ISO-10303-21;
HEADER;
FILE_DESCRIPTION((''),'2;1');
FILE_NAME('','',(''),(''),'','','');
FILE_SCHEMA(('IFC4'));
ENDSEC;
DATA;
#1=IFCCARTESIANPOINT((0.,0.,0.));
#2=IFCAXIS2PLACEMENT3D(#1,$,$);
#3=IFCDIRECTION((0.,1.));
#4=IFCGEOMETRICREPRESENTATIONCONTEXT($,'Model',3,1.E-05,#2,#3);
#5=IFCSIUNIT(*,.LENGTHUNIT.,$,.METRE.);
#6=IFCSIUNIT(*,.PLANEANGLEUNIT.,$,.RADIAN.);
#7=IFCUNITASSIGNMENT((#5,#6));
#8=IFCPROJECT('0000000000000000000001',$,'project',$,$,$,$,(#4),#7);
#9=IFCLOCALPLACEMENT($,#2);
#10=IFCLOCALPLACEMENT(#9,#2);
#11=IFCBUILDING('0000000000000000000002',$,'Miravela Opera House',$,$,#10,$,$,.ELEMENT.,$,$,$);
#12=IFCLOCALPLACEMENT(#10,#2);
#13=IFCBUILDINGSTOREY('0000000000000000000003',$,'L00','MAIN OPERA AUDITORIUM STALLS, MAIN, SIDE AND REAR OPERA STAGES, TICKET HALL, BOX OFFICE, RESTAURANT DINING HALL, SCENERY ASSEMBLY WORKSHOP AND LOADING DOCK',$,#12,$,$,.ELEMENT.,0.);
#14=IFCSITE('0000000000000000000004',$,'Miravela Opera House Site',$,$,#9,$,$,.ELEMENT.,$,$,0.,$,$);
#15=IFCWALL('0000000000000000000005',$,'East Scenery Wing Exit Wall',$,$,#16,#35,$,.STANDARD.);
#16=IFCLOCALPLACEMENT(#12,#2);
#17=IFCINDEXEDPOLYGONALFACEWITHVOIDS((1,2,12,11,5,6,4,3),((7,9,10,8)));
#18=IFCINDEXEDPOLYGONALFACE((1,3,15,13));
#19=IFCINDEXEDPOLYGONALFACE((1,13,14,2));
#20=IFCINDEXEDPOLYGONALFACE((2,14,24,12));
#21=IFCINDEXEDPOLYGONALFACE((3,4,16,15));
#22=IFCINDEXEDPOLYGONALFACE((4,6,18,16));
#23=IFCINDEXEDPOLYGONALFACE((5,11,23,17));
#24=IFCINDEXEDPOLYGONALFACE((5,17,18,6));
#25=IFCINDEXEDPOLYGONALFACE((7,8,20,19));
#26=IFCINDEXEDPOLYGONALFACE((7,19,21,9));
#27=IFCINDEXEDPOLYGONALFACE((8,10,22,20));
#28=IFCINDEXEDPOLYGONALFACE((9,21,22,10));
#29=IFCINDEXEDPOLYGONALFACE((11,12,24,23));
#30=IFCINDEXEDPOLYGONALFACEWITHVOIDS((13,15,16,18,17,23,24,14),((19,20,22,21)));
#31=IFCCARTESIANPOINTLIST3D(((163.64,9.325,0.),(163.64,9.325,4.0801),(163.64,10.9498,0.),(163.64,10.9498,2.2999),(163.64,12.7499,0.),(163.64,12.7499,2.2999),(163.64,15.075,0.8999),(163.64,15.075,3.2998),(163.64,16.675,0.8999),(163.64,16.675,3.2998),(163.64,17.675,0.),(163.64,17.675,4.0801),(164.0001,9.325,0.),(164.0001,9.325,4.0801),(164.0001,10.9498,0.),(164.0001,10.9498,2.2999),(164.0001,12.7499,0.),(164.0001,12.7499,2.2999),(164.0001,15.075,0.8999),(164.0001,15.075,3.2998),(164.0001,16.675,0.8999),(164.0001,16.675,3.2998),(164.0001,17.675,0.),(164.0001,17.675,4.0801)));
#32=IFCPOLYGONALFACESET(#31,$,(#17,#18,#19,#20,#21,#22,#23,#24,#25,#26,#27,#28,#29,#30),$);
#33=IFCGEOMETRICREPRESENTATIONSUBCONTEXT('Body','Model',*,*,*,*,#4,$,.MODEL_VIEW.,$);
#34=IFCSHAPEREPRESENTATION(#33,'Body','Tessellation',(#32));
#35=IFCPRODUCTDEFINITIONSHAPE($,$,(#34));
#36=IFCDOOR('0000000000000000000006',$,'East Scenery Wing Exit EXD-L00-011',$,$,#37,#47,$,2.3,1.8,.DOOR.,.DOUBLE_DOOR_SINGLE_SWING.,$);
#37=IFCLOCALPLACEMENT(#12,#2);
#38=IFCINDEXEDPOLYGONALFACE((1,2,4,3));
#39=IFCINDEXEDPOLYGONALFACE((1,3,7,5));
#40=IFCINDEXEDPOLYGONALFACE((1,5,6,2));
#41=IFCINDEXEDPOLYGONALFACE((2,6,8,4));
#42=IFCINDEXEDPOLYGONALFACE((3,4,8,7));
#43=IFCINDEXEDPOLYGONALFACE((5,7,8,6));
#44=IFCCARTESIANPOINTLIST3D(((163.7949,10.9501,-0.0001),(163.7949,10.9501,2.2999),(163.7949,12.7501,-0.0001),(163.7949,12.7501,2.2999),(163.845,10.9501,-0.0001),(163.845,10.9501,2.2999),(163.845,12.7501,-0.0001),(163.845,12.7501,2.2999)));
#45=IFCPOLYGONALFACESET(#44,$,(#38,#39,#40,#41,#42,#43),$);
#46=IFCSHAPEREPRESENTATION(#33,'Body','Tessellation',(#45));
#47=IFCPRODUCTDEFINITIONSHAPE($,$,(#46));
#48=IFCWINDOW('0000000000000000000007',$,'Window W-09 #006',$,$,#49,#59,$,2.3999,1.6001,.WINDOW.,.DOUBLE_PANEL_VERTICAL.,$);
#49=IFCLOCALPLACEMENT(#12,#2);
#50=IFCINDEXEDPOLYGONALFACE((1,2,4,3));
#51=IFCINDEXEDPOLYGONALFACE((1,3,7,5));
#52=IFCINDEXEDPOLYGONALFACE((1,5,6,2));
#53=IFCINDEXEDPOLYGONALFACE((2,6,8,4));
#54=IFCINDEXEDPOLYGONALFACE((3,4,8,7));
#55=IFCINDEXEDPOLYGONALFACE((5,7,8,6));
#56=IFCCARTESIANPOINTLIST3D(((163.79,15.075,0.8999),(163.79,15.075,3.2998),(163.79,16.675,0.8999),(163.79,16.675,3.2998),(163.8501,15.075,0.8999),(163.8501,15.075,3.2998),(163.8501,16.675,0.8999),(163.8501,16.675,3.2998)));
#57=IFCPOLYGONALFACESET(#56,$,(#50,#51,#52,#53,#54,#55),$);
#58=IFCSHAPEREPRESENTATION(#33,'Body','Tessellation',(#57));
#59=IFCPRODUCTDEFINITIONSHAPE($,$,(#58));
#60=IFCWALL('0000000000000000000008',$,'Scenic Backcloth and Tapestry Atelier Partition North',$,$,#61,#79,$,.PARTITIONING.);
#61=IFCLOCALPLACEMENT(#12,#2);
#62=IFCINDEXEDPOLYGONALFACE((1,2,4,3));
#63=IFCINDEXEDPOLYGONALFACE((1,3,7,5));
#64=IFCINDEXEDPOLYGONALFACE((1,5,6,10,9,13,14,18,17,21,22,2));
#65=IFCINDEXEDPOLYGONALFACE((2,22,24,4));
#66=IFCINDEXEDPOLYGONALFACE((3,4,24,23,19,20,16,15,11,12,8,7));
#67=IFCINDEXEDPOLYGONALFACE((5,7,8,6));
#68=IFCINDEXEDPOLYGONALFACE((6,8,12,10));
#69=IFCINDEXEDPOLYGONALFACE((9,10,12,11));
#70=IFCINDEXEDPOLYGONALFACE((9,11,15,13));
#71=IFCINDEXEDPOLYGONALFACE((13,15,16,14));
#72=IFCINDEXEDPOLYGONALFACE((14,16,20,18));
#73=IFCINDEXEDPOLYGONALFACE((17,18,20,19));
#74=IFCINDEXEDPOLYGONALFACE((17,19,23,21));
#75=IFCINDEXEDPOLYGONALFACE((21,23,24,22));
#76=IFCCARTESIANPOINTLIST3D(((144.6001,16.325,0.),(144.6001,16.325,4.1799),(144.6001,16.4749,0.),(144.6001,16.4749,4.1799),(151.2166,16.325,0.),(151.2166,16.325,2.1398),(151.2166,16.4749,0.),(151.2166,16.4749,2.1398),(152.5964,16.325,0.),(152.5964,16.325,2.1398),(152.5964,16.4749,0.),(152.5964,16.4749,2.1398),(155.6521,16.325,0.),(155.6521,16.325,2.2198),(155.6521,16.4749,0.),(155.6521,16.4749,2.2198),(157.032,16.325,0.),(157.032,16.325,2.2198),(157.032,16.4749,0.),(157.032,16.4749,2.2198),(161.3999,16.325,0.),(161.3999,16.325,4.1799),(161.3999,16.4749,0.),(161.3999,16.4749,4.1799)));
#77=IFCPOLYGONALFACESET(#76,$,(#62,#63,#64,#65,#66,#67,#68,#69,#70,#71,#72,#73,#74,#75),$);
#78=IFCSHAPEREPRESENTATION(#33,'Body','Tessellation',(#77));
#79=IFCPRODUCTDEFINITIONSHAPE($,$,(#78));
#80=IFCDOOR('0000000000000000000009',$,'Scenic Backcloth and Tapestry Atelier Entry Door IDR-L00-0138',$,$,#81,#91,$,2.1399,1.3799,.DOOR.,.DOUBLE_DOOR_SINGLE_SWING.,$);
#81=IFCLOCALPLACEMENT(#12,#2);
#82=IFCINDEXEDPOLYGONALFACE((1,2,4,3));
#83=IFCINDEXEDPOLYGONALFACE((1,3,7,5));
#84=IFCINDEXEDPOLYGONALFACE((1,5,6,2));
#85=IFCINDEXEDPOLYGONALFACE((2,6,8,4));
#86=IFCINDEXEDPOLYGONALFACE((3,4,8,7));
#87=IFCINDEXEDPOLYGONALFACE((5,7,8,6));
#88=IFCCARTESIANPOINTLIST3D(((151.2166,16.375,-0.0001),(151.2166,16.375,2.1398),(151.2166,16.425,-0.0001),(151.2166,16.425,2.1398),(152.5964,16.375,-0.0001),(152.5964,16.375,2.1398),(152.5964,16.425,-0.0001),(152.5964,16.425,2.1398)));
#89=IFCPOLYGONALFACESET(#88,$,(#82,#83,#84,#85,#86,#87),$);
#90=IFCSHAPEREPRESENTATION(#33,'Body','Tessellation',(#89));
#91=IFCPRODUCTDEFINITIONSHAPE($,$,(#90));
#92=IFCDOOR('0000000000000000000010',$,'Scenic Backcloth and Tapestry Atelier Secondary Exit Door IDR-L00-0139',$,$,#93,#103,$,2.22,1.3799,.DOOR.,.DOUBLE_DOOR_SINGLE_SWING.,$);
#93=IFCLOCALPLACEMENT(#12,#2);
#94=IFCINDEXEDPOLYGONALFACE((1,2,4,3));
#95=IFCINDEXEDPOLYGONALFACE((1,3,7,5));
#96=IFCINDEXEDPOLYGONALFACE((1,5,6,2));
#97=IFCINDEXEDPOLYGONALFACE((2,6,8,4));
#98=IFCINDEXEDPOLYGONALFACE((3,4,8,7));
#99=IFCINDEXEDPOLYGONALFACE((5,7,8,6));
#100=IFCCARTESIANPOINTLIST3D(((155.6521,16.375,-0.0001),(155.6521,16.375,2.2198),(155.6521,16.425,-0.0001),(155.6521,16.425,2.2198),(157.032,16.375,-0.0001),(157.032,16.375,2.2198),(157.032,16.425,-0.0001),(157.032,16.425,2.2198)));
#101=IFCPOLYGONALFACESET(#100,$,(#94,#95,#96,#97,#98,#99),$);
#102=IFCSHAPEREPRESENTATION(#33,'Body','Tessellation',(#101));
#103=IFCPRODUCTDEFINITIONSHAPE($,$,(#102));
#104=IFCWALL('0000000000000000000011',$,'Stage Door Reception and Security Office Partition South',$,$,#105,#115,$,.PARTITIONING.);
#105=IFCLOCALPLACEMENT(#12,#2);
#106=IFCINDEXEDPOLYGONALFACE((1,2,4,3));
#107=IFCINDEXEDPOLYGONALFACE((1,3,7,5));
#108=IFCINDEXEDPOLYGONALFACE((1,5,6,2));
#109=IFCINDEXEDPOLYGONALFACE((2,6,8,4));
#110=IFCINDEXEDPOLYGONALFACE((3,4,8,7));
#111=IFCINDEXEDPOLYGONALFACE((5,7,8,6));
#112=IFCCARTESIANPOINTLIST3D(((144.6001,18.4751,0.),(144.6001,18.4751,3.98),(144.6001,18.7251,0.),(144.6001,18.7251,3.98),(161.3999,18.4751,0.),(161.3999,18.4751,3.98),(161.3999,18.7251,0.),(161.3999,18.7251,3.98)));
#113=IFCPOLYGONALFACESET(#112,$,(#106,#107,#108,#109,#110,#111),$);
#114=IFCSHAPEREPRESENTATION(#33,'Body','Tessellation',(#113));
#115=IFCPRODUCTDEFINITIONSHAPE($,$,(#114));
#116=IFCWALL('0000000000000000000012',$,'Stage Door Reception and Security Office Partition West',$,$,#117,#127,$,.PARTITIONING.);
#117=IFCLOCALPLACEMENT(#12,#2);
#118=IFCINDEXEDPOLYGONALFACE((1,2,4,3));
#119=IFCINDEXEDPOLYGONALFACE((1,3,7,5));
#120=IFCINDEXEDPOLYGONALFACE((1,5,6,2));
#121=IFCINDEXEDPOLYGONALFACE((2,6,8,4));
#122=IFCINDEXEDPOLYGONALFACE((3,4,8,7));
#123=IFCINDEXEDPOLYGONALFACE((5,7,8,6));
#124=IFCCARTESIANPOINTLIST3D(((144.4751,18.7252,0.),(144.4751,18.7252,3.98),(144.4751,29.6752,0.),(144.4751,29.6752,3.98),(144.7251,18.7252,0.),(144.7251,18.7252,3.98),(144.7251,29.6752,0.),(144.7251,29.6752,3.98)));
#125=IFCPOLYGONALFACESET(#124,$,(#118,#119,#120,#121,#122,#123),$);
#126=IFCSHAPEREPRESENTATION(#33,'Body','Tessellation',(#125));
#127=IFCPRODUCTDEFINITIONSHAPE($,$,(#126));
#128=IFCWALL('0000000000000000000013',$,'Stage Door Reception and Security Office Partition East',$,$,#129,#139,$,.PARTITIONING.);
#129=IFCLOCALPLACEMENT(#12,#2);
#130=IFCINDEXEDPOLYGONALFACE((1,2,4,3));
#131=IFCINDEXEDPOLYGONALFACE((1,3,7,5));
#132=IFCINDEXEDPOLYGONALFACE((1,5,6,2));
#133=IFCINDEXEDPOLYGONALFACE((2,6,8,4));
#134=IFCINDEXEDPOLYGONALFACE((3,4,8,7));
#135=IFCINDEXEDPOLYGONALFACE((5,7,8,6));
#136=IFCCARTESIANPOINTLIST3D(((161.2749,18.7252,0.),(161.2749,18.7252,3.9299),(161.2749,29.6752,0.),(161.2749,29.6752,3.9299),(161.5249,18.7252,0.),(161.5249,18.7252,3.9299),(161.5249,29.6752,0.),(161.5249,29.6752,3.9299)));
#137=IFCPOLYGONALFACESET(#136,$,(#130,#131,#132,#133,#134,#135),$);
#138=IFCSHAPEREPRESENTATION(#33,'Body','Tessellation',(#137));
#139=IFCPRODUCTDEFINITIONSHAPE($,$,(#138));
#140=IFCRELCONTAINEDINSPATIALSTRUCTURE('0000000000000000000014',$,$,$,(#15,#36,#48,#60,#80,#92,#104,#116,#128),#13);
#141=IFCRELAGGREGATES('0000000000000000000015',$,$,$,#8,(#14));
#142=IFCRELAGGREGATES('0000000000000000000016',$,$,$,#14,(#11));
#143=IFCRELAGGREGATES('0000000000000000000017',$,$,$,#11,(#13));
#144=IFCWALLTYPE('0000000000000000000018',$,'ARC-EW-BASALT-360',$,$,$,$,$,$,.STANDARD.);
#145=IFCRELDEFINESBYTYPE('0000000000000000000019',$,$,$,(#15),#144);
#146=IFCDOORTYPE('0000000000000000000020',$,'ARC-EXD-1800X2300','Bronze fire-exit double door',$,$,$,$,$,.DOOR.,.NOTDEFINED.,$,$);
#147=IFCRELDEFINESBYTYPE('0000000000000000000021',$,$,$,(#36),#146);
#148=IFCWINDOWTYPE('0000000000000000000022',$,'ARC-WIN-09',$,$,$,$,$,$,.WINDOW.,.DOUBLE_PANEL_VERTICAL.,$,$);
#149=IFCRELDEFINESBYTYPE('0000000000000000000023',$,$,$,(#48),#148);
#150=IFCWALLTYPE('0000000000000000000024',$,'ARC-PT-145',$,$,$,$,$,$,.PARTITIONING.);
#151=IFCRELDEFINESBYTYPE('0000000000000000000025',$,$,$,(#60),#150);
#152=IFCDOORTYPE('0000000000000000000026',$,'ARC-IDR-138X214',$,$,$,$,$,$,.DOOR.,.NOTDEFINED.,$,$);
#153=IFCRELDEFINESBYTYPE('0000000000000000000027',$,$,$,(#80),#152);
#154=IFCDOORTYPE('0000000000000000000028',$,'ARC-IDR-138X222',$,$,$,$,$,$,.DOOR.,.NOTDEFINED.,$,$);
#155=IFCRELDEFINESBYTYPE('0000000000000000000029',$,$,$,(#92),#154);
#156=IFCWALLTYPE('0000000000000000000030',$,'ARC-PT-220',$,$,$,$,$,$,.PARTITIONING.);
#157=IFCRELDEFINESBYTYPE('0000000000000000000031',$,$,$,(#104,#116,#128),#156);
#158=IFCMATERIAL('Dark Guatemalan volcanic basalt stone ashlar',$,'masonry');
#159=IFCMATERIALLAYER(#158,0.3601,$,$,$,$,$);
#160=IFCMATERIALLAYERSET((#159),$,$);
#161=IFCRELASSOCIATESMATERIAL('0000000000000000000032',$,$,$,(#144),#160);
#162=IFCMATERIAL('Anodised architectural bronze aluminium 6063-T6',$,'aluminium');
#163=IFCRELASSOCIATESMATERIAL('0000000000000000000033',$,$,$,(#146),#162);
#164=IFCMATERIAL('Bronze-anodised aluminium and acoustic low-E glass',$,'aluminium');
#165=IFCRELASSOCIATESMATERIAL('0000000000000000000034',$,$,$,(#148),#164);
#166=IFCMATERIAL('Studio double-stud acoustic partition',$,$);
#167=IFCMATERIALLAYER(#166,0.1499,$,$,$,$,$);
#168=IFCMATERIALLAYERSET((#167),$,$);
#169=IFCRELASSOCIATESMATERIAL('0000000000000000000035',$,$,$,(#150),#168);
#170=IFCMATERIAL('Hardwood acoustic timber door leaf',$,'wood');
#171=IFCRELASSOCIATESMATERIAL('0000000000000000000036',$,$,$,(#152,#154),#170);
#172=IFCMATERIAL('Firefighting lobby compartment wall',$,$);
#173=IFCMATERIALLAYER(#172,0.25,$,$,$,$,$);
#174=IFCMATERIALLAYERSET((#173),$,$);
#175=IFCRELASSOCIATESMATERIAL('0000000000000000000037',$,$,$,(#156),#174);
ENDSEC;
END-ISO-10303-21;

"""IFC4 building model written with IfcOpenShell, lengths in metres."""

from ifc_helpers import new_model, si_unit, direction, frame, frame_2d, origin, place, context, subcontext, project, spatial, rectangle, extrude, material, layer, layer_set, type_object, element, fill, save


model = new_model("IFC4")

# Units and contexts
model_context = context("Model", 3, precision=1e-05, world=origin(), true_north=direction((0.0, 1.0)))
body_context = subcontext(model_context, "Body", "Model", "MODEL_VIEW")
ifc_project = project(units=[si_unit("LENGTHUNIT", "METRE"), si_unit("PLANEANGLEUNIT", "RADIAN")], contexts=[model_context])

# Site, building, storey
site_placement = place(None, origin())
site = spatial("IfcSite", under=ifc_project, at=site_placement, Name="Miravela Opera House Site", CompositionType="ELEMENT", RefElevation=0.0)
building_placement = place(site_placement, origin())
building = spatial("IfcBuilding", under=site, at=building_placement, Name="Miravela Opera House", CompositionType="ELEMENT")
storey_placement = place(building_placement, origin())
storey = spatial("IfcBuildingStorey", under=building, at=storey_placement, Name="L00", Description="MAIN OPERA AUDITORIUM STALLS, MAIN, SIDE AND REAR OPERA STAGES, TICKET HALL, BOX OFFICE, RESTAURANT DINING HALL, SCENERY ASSEMBLY WORKSHOP AND LOADING DOCK", CompositionType="ELEMENT", Elevation=0.0)

# Wall, openings, door, window
ifc_material_1 = material(Name="Dark Guatemalan volcanic basalt stone ashlar", Category="masonry")
ifc_layer_1 = layer(ifc_material_1, 0.3601)
ifc_layer_set_1 = layer_set([ifc_layer_1])
wall_type_1 = type_object("IfcWallType", Name="ARC-EW-BASALT-360", PredefinedType="STANDARD", material=ifc_layer_set_1)
wall_1_placement = place(storey_placement, frame((163.8201, 9.325, 0.0), z_axis=(0.0, 0.0, 1.0), x_axis=(0.0, 1.0, 0.0)))
wall_1 = element("IfcWall", 1, at=wall_1_placement, inside=storey, type_object=wall_type_1, Name="East Scenery Wing Exit Wall", PredefinedType="STANDARD", context=body_context, shape_type="SweptSolid", body=[
    extrude(rectangle(XDim=8.3501, YDim=0.3601, at=frame_2d((4.175, 0.0))), origin(), (0.0, 0.0, 1.0), 4.0801),
])
opening_1_placement = place(wall_1_placement, frame((1.625, 0.0, 0.0)))
opening_1 = element("IfcOpeningElement", 2, at=opening_1_placement, cuts=wall_1, PredefinedType="OPENING", context=body_context, shape_type="SweptSolid", body=[
    extrude(rectangle(XDim=1.8, YDim=2.3, at=frame_2d((0.8999, 1.1499))), frame((0.0, 0.1899, 0.0), z_axis=(0.0, -1.0, 0.0), x_axis=(1.0, 0.0, 0.0)), (0.0, 0.0, 1.0), 0.3801),
])
opening_2_placement = place(wall_1_placement, frame((5.75, 0.0, 0.8999)))
opening_2 = element("IfcOpeningElement", 3, at=opening_2_placement, cuts=wall_1, PredefinedType="OPENING", context=body_context, shape_type="SweptSolid", body=[
    extrude(rectangle(XDim=1.6001, YDim=2.3999, at=frame_2d((0.8, 1.2))), frame((0.0, 0.1899, 0.0), z_axis=(0.0, -1.0, 0.0), x_axis=(1.0, 0.0, 0.0)), (0.0, 0.0, 1.0), 0.3801),
])
ifc_material_2 = material(Name="Anodised architectural bronze aluminium 6063-T6", Category="aluminium")
door_type_1 = type_object("IfcDoorType", Name="ARC-EXD-1800X2300", Description="Bronze fire-exit double door", OperationType="NOTDEFINED", PredefinedType="DOOR", material=ifc_material_2)
door_1_placement = place(opening_1_placement, frame((1.8, 0.0, 0.0), z_axis=(0.0, 0.0, 1.0), x_axis=(-1.0, 0.0, 0.0)))
door_1 = element("IfcDoor", 4, at=door_1_placement, inside=storey, type_object=door_type_1, Name="East Scenery Wing Exit EXD-L00-011", OperationType="DOUBLE_DOOR_SINGLE_SWING", OverallHeight=2.3, OverallWidth=1.8, PredefinedType="DOOR", context=body_context, shape_type="SweptSolid", body=[
    extrude(rectangle(XDim=1.8, YDim=2.3, at=frame_2d((0.8999, 1.1499))), frame((0.0, 0.0249, 0.0), z_axis=(0.0, -1.0, 0.0), x_axis=(1.0, 0.0, 0.0)), (0.0, 0.0, 1.0), 0.05),
])
fill(opening_1, door_1)
ifc_material_3 = material(Name="Bronze-anodised aluminium and acoustic low-E glass", Category="aluminium")
window_type_1 = type_object("IfcWindowType", Name="ARC-WIN-09", PartitioningType="DOUBLE_PANEL_VERTICAL", PredefinedType="WINDOW", material=ifc_material_3)
window_1_placement = place(opening_2_placement, origin())
window_1 = element("IfcWindow", 5, at=window_1_placement, inside=storey, type_object=window_type_1, Name="Window W-09 #006", OverallHeight=2.3999, OverallWidth=1.6001, PartitioningType="DOUBLE_PANEL_VERTICAL", PredefinedType="WINDOW", context=body_context, shape_type="SweptSolid", body=[
    extrude(rectangle(XDim=1.6001, YDim=2.3999, at=frame_2d((0.8, 1.2))), frame((0.0, 0.03, 0.0), z_axis=(0.0, -1.0, 0.0), x_axis=(1.0, 0.0, 0.0)), (0.0, 0.0, 1.0), 0.0601),
])
fill(opening_2, window_1)

# Wall, openings, doors
ifc_material_4 = material(Name="Studio double-stud acoustic partition")
ifc_layer_2 = layer(ifc_material_4, 0.1499)
ifc_layer_set_2 = layer_set([ifc_layer_2])
wall_type_2 = type_object("IfcWallType", Name="ARC-PT-145", PredefinedType="PARTITIONING", material=ifc_layer_set_2)
wall_2_placement = place(storey_placement, frame((144.6001, 16.3999, 0.0), z_axis=(0.0, 0.0, 1.0), x_axis=(1.0, 0.0, 0.0)))
wall_2 = element("IfcWall", 6, at=wall_2_placement, inside=storey, type_object=wall_type_2, Name="Scenic Backcloth and Tapestry Atelier Partition North", PredefinedType="PARTITIONING", context=body_context, shape_type="SweptSolid", body=[
    extrude(rectangle(XDim=16.7998, YDim=0.1499, at=frame_2d((8.3999, 0.0))), origin(), (0.0, 0.0, 1.0), 4.1799),
])
opening_3_placement = place(wall_2_placement, frame((6.6165, 0.0, 0.0)))
opening_3 = element("IfcOpeningElement", 7, at=opening_3_placement, cuts=wall_2, PredefinedType="OPENING", context=body_context, shape_type="SweptSolid", body=[
    extrude(rectangle(XDim=1.3799, YDim=2.1399, at=frame_2d((0.6899, 1.0698))), frame((0.0, 0.085, 0.0), z_axis=(0.0, -1.0, 0.0), x_axis=(1.0, 0.0, 0.0)), (0.0, 0.0, 1.0), 0.1699),
])
opening_4_placement = place(wall_2_placement, frame((11.052, 0.0, 0.0)))
opening_4 = element("IfcOpeningElement", 8, at=opening_4_placement, cuts=wall_2, PredefinedType="OPENING", context=body_context, shape_type="SweptSolid", body=[
    extrude(rectangle(XDim=1.3799, YDim=2.22, at=frame_2d((0.6899, 1.1099))), frame((0.0, 0.085, 0.0), z_axis=(0.0, -1.0, 0.0), x_axis=(1.0, 0.0, 0.0)), (0.0, 0.0, 1.0), 0.1699),
])
ifc_material_5 = material(Name="Hardwood acoustic timber door leaf", Category="wood")
door_type_2 = type_object("IfcDoorType", Name="ARC-IDR-138X214", OperationType="NOTDEFINED", PredefinedType="DOOR", material=ifc_material_5)
door_2_placement = place(opening_3_placement, frame((1.3799, 0.0, 0.0), z_axis=(0.0, 0.0, 1.0), x_axis=(-1.0, 0.0, 0.0)))
door_2 = element("IfcDoor", 9, at=door_2_placement, inside=storey, type_object=door_type_2, Name="Scenic Backcloth and Tapestry Atelier Entry Door IDR-L00-0138", OperationType="DOUBLE_DOOR_SINGLE_SWING", OverallHeight=2.1399, OverallWidth=1.3799, PredefinedType="DOOR", context=body_context, shape_type="SweptSolid", body=[
    extrude(rectangle(XDim=1.3799, YDim=2.1399, at=frame_2d((0.6899, 1.0698))), frame((0.0, 0.0249, 0.0), z_axis=(0.0, -1.0, 0.0), x_axis=(1.0, 0.0, 0.0)), (0.0, 0.0, 1.0), 0.05),
])
fill(opening_3, door_2)
door_type_3 = type_object("IfcDoorType", Name="ARC-IDR-138X222", OperationType="NOTDEFINED", PredefinedType="DOOR", material=ifc_material_5)
door_3_placement = place(opening_4_placement, frame((1.3799, 0.0, 0.0), z_axis=(0.0, 0.0, 1.0), x_axis=(-1.0, 0.0, 0.0)))
door_3 = element("IfcDoor", 10, at=door_3_placement, inside=storey, type_object=door_type_3, Name="Scenic Backcloth and Tapestry Atelier Secondary Exit Door IDR-L00-0139", OperationType="DOUBLE_DOOR_SINGLE_SWING", OverallHeight=2.22, OverallWidth=1.3799, PredefinedType="DOOR", context=body_context, shape_type="SweptSolid", body=[
    extrude(rectangle(XDim=1.3799, YDim=2.22, at=frame_2d((0.6899, 1.1099))), frame((0.0, 0.0249, 0.0), z_axis=(0.0, -1.0, 0.0), x_axis=(1.0, 0.0, 0.0)), (0.0, 0.0, 1.0), 0.05),
])
fill(opening_4, door_3)

# Walls
ifc_material_6 = material(Name="Firefighting lobby compartment wall")
ifc_layer_3 = layer(ifc_material_6, 0.25)
ifc_layer_set_3 = layer_set([ifc_layer_3])
wall_type_3 = type_object("IfcWallType", Name="ARC-PT-220", PredefinedType="PARTITIONING", material=ifc_layer_set_3)
wall_3_placement = place(storey_placement, frame((144.6001, 18.6001, 0.0), z_axis=(0.0, 0.0, 1.0), x_axis=(1.0, 0.0, 0.0)))
element("IfcWall", 11, at=wall_3_placement, inside=storey, type_object=wall_type_3, Name="Stage Door Reception and Security Office Partition South", PredefinedType="PARTITIONING", context=body_context, shape_type="SweptSolid", body=[
    extrude(rectangle(XDim=16.7998, YDim=0.25, at=frame_2d((8.3999, 0.0))), origin(), (0.0, 0.0, 1.0), 3.98),
])
wall_4_placement = place(storey_placement, frame((144.6001, 18.7251, 0.0), z_axis=(0.0, 0.0, 1.0), x_axis=(0.0, 1.0, 0.0)))
element("IfcWall", 12, at=wall_4_placement, inside=storey, type_object=wall_type_3, Name="Stage Door Reception and Security Office Partition West", PredefinedType="PARTITIONING", context=body_context, shape_type="SweptSolid", body=[
    extrude(rectangle(XDim=10.95, YDim=0.25, at=frame_2d((5.4751, 0.0))), origin(), (0.0, 0.0, 1.0), 3.98),
])
wall_5_placement = place(storey_placement, frame((161.3999, 18.7251, 0.0), z_axis=(0.0, 0.0, 1.0), x_axis=(0.0, 1.0, 0.0)))
element("IfcWall", 13, at=wall_5_placement, inside=storey, type_object=wall_type_3, Name="Stage Door Reception and Security Office Partition East", PredefinedType="PARTITIONING", context=body_context, shape_type="SweptSolid", body=[
    extrude(rectangle(XDim=10.95, YDim=0.25, at=frame_2d((5.4751, 0.0))), origin(), (0.0, 0.0, 1.0), 3.9299),
])

save(model, "model.ifc")
